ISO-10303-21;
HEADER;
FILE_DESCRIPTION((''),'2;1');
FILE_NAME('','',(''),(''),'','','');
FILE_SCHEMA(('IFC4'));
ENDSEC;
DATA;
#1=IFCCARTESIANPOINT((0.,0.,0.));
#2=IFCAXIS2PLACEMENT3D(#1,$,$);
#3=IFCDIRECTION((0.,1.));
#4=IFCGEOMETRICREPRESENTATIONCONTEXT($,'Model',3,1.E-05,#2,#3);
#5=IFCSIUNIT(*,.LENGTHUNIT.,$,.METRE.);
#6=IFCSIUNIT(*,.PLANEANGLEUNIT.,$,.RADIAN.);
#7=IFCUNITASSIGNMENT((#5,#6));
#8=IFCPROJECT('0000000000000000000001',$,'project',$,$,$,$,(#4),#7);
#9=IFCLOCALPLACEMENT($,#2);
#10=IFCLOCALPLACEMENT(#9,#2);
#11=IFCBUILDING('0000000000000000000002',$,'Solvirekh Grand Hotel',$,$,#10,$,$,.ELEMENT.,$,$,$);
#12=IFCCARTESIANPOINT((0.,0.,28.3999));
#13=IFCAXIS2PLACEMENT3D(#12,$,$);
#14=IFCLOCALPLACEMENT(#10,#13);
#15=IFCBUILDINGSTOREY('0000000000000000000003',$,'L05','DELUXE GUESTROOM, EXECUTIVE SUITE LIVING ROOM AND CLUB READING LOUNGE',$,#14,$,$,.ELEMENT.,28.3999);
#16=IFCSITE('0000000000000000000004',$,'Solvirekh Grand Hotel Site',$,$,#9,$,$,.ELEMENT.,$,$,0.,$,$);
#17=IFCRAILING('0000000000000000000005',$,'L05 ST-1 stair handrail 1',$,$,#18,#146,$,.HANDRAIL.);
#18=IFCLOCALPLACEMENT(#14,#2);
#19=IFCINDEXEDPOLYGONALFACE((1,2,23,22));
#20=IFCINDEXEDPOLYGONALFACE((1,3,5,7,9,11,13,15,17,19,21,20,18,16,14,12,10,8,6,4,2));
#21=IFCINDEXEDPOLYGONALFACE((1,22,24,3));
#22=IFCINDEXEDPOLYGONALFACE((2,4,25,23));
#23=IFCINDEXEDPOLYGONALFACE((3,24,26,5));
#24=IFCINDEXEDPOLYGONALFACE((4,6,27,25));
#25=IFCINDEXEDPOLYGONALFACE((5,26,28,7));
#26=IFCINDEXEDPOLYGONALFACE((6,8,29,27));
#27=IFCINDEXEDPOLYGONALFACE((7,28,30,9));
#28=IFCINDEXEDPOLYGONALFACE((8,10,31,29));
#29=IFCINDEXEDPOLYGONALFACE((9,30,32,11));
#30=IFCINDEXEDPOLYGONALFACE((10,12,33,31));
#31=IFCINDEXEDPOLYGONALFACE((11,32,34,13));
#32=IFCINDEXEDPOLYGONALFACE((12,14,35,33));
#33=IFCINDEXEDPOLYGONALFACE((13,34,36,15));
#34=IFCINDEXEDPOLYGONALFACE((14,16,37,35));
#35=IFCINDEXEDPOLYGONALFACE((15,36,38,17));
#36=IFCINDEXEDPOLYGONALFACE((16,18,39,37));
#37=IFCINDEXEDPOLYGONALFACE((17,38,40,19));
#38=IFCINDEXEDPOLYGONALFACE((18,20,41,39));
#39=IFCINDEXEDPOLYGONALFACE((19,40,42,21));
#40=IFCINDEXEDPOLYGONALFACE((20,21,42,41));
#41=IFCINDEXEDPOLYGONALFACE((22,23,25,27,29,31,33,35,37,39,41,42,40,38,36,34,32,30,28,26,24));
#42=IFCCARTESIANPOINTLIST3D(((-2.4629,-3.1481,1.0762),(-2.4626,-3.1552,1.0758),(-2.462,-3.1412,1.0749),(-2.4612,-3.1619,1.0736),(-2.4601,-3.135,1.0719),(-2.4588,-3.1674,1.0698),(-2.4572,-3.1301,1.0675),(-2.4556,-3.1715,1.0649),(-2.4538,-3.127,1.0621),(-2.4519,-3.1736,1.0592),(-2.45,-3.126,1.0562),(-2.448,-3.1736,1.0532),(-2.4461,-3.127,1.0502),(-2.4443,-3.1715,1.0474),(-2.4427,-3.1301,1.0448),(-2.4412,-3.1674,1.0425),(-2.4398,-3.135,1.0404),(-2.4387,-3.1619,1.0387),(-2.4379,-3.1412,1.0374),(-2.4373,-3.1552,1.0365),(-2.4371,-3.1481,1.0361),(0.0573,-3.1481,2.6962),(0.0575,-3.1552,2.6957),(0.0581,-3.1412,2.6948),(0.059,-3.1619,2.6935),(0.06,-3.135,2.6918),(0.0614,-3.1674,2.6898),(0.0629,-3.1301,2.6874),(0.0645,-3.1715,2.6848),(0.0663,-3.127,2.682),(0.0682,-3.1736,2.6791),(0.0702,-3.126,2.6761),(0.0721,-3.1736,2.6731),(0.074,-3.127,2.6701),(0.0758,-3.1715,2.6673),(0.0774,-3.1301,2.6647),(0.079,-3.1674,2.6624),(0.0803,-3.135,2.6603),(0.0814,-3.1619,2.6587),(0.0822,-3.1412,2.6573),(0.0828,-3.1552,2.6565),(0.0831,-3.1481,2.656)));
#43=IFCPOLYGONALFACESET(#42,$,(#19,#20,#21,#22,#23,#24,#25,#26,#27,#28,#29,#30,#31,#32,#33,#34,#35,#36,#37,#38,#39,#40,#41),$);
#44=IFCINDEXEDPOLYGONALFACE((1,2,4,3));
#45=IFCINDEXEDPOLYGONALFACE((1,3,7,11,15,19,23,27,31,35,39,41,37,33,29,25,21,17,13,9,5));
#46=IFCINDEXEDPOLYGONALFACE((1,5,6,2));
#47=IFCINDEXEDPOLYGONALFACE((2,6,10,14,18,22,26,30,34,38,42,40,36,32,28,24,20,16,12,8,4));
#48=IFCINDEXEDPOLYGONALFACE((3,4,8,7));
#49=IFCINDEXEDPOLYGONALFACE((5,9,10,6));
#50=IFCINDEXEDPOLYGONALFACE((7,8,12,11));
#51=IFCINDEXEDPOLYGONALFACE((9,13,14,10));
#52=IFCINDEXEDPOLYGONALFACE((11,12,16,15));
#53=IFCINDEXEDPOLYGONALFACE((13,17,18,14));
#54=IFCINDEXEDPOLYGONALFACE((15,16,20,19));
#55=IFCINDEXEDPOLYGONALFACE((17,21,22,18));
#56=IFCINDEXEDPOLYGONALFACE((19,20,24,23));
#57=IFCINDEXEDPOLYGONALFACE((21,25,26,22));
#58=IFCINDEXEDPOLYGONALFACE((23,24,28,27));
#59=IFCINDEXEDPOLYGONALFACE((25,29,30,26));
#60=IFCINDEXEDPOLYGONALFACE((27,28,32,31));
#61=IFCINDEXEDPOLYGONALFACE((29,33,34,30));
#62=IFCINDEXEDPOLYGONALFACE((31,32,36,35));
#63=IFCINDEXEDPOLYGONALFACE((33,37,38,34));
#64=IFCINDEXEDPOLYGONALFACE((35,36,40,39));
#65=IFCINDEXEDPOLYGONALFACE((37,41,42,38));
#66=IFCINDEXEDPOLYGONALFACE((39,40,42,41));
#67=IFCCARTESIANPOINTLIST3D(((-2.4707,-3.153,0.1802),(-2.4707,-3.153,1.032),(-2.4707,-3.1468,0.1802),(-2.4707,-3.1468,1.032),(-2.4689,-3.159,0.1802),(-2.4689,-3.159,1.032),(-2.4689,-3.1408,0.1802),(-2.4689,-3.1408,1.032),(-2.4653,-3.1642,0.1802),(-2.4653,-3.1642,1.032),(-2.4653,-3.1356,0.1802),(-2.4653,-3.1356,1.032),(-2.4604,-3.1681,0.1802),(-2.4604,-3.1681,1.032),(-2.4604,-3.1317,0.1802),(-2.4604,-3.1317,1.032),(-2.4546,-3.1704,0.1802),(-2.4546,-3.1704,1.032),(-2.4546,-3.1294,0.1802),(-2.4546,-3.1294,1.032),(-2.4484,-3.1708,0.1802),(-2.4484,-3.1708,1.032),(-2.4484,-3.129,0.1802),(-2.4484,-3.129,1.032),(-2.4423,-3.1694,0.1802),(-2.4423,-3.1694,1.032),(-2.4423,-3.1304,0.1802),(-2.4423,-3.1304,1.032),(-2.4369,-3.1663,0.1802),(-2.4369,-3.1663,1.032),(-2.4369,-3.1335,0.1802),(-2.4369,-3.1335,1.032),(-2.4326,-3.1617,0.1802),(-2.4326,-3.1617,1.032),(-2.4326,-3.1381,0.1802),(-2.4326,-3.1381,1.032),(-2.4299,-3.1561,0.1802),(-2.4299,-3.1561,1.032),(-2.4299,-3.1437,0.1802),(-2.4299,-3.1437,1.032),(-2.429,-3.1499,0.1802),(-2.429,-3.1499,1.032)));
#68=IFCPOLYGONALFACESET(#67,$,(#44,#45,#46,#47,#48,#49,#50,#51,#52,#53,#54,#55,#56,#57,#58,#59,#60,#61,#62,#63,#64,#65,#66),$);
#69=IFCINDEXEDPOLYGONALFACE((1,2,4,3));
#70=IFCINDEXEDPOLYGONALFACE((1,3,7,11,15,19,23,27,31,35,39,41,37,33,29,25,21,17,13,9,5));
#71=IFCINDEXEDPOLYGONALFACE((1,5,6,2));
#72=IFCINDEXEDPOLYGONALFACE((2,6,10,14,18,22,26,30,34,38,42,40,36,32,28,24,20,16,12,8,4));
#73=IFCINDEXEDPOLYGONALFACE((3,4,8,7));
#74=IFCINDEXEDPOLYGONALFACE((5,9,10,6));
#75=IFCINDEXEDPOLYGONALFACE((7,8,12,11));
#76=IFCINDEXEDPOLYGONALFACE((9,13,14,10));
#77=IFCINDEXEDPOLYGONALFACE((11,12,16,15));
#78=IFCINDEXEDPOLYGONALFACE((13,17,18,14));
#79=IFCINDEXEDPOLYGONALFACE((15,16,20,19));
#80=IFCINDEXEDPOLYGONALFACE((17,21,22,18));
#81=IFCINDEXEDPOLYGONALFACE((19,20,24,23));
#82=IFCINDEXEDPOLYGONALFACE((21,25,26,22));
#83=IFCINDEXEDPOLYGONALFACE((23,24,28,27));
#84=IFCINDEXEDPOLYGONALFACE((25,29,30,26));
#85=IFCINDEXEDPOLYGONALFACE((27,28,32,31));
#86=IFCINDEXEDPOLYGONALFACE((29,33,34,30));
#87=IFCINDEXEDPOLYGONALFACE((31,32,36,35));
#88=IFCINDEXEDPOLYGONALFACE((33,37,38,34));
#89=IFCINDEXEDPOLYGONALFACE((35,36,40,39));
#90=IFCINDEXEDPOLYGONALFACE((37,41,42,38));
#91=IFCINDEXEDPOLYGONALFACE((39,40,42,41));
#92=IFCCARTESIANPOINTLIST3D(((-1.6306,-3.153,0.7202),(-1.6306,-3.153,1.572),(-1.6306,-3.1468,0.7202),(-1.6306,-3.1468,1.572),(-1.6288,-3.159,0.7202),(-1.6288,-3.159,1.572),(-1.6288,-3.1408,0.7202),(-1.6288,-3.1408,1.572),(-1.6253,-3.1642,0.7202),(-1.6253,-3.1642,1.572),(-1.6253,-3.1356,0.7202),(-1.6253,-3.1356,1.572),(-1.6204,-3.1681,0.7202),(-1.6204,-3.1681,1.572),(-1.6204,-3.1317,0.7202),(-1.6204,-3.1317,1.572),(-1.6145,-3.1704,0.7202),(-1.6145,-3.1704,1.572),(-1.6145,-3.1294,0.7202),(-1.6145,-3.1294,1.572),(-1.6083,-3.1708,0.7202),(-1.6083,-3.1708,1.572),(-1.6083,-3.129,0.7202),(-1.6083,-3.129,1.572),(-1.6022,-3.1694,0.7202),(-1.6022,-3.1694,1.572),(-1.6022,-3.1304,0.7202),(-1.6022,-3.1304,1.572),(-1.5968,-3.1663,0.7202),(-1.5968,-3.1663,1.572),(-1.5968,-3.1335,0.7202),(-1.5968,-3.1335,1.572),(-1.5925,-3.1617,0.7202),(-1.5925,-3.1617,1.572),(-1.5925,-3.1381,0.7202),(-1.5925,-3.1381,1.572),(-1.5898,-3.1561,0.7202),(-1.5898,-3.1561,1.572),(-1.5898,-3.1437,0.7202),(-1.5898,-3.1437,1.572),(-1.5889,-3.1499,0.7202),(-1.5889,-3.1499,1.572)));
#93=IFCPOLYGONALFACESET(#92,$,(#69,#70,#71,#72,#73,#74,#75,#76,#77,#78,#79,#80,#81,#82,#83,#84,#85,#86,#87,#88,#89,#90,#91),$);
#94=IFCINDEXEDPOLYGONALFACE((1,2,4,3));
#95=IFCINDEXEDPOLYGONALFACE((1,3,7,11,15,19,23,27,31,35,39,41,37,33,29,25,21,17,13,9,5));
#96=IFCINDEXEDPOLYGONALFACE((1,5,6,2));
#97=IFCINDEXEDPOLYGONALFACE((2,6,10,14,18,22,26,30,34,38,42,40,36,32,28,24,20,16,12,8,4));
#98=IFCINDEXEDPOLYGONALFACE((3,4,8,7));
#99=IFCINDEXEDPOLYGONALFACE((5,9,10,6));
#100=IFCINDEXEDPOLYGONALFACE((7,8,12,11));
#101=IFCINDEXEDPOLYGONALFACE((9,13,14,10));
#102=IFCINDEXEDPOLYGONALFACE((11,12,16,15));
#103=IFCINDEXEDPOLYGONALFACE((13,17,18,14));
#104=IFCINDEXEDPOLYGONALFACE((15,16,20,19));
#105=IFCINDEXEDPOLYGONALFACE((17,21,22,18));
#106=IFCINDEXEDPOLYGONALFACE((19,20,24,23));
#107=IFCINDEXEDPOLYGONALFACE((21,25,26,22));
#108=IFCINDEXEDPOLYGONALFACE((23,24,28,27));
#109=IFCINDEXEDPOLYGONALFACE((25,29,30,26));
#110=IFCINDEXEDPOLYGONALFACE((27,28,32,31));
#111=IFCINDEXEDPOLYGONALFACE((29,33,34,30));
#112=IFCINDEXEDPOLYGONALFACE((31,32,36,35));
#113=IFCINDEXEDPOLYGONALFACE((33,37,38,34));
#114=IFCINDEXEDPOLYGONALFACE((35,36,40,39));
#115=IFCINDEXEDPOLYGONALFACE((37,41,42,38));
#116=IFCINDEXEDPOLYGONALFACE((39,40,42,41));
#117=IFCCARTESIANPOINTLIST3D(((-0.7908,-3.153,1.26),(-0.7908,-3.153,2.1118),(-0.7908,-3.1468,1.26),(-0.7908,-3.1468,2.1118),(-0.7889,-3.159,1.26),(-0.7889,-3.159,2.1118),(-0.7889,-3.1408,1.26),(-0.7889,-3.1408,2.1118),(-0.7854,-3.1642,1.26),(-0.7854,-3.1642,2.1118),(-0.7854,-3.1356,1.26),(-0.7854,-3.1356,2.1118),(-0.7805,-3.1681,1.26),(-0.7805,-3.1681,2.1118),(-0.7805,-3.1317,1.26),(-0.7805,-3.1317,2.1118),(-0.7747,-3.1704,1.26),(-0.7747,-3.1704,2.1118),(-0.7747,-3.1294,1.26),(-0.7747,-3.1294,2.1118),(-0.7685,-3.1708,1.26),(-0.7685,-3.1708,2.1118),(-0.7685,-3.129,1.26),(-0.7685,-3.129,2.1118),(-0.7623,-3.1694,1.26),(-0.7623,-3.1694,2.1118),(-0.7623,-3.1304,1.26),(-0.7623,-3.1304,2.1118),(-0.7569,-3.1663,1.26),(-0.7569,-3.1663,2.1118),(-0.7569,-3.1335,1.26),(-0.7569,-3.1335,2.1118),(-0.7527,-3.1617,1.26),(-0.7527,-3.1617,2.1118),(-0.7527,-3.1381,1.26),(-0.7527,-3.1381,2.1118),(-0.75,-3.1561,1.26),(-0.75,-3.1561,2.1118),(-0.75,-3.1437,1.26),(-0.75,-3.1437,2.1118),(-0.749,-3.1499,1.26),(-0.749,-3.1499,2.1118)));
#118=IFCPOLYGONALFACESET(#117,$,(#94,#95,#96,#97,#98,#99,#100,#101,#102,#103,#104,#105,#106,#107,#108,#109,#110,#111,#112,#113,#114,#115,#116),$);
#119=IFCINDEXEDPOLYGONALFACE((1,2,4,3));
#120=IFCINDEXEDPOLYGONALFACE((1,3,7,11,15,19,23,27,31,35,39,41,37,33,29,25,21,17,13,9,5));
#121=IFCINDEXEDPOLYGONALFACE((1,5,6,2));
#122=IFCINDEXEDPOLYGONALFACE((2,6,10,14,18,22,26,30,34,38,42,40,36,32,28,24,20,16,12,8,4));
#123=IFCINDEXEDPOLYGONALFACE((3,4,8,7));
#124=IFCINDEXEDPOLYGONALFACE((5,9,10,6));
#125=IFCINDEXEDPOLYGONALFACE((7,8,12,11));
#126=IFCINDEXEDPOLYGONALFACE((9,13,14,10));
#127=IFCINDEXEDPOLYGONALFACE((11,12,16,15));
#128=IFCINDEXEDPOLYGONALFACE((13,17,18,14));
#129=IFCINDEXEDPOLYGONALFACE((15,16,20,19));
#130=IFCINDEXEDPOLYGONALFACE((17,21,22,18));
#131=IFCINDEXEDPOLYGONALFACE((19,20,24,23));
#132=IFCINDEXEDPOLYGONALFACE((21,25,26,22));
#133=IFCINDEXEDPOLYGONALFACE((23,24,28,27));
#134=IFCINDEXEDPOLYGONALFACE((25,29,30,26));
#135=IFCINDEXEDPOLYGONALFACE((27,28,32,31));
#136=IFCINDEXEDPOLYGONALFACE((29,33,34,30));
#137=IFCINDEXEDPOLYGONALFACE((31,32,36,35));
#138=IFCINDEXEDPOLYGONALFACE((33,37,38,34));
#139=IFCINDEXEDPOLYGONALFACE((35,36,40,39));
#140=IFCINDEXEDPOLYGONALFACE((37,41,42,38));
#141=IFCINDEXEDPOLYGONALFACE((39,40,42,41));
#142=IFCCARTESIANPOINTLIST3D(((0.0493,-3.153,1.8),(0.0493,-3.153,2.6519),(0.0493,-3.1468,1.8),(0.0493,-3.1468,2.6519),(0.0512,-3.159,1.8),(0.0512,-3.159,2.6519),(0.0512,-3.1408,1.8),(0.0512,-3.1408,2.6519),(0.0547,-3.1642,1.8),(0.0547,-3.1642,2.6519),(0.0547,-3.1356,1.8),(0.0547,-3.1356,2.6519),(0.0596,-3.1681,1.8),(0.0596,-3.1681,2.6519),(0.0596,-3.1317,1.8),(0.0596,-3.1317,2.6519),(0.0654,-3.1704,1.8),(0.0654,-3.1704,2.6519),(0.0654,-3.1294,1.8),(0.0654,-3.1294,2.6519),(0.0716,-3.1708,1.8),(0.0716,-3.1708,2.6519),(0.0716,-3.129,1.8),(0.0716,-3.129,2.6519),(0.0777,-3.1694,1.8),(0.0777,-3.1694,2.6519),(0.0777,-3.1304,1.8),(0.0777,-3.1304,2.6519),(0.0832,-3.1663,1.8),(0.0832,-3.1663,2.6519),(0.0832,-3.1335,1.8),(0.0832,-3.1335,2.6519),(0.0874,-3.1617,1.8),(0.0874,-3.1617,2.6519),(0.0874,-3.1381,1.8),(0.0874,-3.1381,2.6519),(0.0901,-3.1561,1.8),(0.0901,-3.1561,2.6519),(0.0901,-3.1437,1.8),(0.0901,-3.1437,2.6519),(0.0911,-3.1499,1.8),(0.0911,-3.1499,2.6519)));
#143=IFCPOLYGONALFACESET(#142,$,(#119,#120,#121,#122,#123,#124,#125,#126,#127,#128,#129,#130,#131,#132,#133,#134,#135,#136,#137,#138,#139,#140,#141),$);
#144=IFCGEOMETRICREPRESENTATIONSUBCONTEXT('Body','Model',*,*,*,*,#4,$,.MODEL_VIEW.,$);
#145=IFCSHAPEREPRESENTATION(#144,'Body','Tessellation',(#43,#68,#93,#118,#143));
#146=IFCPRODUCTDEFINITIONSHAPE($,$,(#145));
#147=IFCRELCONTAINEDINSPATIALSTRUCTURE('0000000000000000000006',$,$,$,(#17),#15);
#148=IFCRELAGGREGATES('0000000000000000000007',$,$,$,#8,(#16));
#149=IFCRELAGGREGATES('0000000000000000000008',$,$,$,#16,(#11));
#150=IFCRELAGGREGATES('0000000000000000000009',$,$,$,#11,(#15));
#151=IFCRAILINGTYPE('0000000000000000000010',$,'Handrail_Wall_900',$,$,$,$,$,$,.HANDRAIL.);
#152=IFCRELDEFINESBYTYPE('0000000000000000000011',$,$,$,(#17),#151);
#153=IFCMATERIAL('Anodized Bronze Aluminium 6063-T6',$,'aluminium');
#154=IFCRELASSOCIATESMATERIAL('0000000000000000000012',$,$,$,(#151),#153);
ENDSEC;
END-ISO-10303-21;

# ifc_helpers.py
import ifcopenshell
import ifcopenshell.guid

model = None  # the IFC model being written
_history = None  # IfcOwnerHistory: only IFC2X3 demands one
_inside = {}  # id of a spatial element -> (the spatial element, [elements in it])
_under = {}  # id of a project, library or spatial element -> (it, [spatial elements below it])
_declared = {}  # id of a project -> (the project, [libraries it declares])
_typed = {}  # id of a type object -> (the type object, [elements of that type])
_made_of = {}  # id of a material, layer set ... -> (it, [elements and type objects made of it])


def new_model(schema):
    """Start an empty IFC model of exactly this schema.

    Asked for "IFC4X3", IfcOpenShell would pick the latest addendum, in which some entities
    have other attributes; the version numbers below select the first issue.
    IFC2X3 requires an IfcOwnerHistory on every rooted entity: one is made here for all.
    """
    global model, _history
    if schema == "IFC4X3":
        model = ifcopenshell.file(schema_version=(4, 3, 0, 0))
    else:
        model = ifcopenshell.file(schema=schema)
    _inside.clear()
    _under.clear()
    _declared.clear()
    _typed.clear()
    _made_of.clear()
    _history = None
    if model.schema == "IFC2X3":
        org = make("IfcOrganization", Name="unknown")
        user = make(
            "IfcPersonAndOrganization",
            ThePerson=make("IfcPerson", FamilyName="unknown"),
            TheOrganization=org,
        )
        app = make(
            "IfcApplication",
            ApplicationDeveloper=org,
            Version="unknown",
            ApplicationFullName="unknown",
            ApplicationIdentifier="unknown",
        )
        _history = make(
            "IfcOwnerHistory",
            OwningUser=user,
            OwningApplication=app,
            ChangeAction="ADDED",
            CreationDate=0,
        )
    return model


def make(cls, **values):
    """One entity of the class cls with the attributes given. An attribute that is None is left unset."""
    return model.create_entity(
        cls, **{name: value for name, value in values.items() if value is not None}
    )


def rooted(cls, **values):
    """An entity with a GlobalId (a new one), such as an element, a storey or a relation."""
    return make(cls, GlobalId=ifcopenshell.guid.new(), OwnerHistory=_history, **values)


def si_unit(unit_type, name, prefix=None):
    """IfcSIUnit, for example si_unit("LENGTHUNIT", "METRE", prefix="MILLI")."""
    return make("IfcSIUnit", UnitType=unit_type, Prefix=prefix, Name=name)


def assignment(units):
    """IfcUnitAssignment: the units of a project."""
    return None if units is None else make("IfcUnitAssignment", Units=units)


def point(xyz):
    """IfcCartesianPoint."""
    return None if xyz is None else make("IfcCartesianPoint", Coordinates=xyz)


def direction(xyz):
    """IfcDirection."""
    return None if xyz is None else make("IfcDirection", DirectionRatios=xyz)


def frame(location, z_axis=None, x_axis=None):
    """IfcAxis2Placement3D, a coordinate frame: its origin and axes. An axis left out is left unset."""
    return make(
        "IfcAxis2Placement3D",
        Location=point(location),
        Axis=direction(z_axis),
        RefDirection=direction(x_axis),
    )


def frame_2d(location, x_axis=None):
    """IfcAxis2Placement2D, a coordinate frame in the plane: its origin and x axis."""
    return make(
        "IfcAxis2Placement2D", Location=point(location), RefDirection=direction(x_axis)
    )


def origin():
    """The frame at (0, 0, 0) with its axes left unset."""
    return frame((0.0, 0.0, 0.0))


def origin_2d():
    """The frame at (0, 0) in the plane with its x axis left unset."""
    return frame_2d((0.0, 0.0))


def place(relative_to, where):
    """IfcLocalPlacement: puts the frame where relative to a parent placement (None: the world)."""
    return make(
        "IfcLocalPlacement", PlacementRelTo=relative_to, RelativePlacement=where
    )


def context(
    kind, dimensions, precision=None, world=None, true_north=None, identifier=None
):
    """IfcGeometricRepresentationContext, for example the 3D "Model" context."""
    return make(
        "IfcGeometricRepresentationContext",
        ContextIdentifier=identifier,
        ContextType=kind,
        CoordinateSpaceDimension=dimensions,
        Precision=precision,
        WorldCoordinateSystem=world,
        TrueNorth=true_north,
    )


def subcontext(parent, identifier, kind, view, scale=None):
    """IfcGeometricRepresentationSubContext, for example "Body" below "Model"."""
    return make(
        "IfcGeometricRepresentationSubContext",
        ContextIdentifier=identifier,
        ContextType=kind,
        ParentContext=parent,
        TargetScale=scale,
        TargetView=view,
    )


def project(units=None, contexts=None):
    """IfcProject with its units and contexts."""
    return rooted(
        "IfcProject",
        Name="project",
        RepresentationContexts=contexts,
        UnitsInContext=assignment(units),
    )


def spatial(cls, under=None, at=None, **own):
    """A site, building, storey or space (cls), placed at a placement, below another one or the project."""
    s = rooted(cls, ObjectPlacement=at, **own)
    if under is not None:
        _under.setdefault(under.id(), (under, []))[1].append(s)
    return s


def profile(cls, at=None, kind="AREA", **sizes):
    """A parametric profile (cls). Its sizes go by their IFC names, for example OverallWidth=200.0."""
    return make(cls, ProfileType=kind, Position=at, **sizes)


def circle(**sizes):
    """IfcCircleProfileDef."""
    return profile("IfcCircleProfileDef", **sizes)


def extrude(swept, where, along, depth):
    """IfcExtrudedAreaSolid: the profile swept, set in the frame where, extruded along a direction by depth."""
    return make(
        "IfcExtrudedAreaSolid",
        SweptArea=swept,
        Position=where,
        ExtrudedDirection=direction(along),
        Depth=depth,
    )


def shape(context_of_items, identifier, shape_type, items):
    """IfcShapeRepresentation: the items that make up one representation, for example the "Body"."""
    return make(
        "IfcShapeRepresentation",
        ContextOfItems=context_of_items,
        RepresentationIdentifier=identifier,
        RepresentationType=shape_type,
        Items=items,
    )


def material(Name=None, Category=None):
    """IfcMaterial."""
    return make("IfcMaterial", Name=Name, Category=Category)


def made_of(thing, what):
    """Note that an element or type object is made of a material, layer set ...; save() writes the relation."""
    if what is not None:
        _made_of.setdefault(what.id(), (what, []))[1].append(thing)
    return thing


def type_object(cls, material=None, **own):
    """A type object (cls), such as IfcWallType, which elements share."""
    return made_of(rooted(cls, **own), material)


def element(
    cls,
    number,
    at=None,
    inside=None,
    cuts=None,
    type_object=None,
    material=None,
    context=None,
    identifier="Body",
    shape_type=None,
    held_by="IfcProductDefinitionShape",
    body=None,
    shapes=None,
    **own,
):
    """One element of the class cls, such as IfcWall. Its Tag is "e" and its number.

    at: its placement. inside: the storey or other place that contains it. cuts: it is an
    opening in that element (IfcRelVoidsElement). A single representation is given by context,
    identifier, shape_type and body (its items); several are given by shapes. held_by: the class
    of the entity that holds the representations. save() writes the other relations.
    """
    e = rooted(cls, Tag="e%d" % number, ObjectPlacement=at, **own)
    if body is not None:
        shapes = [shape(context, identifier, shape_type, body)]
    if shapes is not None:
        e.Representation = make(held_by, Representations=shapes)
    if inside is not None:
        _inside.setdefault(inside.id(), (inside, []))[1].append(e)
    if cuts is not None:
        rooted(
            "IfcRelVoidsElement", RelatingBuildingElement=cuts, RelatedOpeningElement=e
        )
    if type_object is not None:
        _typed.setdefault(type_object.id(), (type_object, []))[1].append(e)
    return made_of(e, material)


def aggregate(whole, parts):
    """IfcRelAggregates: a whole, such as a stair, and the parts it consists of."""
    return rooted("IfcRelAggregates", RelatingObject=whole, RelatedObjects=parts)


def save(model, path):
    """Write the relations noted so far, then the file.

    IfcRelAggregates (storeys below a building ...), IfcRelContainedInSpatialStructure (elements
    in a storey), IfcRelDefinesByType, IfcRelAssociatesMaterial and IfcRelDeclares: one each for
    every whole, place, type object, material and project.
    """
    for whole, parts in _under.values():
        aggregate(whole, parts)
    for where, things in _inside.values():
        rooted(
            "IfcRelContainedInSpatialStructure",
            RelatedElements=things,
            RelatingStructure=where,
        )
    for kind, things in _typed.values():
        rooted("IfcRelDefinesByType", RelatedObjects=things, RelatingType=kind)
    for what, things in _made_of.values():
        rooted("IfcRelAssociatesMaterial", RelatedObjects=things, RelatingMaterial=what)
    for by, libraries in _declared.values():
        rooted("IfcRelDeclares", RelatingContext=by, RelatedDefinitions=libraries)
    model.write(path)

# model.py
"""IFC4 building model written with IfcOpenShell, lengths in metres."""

from ifc_helpers import new_model, si_unit, direction, frame, origin, origin_2d, place, context, subcontext, project, spatial, circle, extrude, material, type_object, element, save


model = new_model("IFC4")

# Units and contexts
model_context = context("Model", 3, precision=1e-05, world=origin(), true_north=direction((0.0, 1.0)))
body_context = subcontext(model_context, "Body", "Model", "MODEL_VIEW")
ifc_project = project(units=[si_unit("LENGTHUNIT", "METRE"), si_unit("PLANEANGLEUNIT", "RADIAN")], contexts=[model_context])

# Site, building, storey
site_placement = place(None, origin())
site = spatial("IfcSite", under=ifc_project, at=site_placement, Name="Solvirekh Grand Hotel Site", CompositionType="ELEMENT", RefElevation=0.0)
building_placement = place(site_placement, origin())
building = spatial("IfcBuilding", under=site, at=building_placement, Name="Solvirekh Grand Hotel", CompositionType="ELEMENT")
storey_placement = place(building_placement, frame((0.0, 0.0, 28.3999)))
storey = spatial("IfcBuildingStorey", under=building, at=storey_placement, Name="L05", Description="DELUXE GUESTROOM, EXECUTIVE SUITE LIVING ROOM AND CLUB READING LOUNGE", CompositionType="ELEMENT", Elevation=28.3999)

# Railing
ifc_material_1 = material(Name="Anodized Bronze Aluminium 6063-T6", Category="aluminium")
railing_type_1 = type_object("IfcRailingType", Name="Handrail_Wall_900", PredefinedType="HANDRAIL", material=ifc_material_1)
railing_1_placement = place(storey_placement, frame((-2.45, -3.1499, 0.1802)))
element("IfcRailing", 1, at=railing_1_placement, inside=storey, type_object=railing_type_1, Name="L05 ST-1 stair handrail 1", PredefinedType="HANDRAIL", context=body_context, shape_type="SweptSolid", body=[
    extrude(circle(Radius=0.0239, at=origin_2d()), frame((0.0, 0.0, 0.876), z_axis=(0.8412, 0.0, 0.540725), x_axis=(0.0, 1.0, 0.0)), (0.0, 0.0, 1.0), 2.9958),
    extrude(circle(Radius=0.021, at=origin_2d()), origin(), (0.0, 0.0, 1.0), 0.8518),
    extrude(circle(Radius=0.021, at=origin_2d()), frame((0.8401, 0.0, 0.54)), (0.0, 0.0, 1.0), 0.8518),
    extrude(circle(Radius=0.021, at=origin_2d()), frame((1.6799, 0.0, 1.0798)), (0.0, 0.0, 1.0), 0.8518),
    extrude(circle(Radius=0.021, at=origin_2d()), frame((2.52, 0.0, 1.6199)), (0.0, 0.0, 1.0), 0.8518),
])

save(model, "model.ifc")
